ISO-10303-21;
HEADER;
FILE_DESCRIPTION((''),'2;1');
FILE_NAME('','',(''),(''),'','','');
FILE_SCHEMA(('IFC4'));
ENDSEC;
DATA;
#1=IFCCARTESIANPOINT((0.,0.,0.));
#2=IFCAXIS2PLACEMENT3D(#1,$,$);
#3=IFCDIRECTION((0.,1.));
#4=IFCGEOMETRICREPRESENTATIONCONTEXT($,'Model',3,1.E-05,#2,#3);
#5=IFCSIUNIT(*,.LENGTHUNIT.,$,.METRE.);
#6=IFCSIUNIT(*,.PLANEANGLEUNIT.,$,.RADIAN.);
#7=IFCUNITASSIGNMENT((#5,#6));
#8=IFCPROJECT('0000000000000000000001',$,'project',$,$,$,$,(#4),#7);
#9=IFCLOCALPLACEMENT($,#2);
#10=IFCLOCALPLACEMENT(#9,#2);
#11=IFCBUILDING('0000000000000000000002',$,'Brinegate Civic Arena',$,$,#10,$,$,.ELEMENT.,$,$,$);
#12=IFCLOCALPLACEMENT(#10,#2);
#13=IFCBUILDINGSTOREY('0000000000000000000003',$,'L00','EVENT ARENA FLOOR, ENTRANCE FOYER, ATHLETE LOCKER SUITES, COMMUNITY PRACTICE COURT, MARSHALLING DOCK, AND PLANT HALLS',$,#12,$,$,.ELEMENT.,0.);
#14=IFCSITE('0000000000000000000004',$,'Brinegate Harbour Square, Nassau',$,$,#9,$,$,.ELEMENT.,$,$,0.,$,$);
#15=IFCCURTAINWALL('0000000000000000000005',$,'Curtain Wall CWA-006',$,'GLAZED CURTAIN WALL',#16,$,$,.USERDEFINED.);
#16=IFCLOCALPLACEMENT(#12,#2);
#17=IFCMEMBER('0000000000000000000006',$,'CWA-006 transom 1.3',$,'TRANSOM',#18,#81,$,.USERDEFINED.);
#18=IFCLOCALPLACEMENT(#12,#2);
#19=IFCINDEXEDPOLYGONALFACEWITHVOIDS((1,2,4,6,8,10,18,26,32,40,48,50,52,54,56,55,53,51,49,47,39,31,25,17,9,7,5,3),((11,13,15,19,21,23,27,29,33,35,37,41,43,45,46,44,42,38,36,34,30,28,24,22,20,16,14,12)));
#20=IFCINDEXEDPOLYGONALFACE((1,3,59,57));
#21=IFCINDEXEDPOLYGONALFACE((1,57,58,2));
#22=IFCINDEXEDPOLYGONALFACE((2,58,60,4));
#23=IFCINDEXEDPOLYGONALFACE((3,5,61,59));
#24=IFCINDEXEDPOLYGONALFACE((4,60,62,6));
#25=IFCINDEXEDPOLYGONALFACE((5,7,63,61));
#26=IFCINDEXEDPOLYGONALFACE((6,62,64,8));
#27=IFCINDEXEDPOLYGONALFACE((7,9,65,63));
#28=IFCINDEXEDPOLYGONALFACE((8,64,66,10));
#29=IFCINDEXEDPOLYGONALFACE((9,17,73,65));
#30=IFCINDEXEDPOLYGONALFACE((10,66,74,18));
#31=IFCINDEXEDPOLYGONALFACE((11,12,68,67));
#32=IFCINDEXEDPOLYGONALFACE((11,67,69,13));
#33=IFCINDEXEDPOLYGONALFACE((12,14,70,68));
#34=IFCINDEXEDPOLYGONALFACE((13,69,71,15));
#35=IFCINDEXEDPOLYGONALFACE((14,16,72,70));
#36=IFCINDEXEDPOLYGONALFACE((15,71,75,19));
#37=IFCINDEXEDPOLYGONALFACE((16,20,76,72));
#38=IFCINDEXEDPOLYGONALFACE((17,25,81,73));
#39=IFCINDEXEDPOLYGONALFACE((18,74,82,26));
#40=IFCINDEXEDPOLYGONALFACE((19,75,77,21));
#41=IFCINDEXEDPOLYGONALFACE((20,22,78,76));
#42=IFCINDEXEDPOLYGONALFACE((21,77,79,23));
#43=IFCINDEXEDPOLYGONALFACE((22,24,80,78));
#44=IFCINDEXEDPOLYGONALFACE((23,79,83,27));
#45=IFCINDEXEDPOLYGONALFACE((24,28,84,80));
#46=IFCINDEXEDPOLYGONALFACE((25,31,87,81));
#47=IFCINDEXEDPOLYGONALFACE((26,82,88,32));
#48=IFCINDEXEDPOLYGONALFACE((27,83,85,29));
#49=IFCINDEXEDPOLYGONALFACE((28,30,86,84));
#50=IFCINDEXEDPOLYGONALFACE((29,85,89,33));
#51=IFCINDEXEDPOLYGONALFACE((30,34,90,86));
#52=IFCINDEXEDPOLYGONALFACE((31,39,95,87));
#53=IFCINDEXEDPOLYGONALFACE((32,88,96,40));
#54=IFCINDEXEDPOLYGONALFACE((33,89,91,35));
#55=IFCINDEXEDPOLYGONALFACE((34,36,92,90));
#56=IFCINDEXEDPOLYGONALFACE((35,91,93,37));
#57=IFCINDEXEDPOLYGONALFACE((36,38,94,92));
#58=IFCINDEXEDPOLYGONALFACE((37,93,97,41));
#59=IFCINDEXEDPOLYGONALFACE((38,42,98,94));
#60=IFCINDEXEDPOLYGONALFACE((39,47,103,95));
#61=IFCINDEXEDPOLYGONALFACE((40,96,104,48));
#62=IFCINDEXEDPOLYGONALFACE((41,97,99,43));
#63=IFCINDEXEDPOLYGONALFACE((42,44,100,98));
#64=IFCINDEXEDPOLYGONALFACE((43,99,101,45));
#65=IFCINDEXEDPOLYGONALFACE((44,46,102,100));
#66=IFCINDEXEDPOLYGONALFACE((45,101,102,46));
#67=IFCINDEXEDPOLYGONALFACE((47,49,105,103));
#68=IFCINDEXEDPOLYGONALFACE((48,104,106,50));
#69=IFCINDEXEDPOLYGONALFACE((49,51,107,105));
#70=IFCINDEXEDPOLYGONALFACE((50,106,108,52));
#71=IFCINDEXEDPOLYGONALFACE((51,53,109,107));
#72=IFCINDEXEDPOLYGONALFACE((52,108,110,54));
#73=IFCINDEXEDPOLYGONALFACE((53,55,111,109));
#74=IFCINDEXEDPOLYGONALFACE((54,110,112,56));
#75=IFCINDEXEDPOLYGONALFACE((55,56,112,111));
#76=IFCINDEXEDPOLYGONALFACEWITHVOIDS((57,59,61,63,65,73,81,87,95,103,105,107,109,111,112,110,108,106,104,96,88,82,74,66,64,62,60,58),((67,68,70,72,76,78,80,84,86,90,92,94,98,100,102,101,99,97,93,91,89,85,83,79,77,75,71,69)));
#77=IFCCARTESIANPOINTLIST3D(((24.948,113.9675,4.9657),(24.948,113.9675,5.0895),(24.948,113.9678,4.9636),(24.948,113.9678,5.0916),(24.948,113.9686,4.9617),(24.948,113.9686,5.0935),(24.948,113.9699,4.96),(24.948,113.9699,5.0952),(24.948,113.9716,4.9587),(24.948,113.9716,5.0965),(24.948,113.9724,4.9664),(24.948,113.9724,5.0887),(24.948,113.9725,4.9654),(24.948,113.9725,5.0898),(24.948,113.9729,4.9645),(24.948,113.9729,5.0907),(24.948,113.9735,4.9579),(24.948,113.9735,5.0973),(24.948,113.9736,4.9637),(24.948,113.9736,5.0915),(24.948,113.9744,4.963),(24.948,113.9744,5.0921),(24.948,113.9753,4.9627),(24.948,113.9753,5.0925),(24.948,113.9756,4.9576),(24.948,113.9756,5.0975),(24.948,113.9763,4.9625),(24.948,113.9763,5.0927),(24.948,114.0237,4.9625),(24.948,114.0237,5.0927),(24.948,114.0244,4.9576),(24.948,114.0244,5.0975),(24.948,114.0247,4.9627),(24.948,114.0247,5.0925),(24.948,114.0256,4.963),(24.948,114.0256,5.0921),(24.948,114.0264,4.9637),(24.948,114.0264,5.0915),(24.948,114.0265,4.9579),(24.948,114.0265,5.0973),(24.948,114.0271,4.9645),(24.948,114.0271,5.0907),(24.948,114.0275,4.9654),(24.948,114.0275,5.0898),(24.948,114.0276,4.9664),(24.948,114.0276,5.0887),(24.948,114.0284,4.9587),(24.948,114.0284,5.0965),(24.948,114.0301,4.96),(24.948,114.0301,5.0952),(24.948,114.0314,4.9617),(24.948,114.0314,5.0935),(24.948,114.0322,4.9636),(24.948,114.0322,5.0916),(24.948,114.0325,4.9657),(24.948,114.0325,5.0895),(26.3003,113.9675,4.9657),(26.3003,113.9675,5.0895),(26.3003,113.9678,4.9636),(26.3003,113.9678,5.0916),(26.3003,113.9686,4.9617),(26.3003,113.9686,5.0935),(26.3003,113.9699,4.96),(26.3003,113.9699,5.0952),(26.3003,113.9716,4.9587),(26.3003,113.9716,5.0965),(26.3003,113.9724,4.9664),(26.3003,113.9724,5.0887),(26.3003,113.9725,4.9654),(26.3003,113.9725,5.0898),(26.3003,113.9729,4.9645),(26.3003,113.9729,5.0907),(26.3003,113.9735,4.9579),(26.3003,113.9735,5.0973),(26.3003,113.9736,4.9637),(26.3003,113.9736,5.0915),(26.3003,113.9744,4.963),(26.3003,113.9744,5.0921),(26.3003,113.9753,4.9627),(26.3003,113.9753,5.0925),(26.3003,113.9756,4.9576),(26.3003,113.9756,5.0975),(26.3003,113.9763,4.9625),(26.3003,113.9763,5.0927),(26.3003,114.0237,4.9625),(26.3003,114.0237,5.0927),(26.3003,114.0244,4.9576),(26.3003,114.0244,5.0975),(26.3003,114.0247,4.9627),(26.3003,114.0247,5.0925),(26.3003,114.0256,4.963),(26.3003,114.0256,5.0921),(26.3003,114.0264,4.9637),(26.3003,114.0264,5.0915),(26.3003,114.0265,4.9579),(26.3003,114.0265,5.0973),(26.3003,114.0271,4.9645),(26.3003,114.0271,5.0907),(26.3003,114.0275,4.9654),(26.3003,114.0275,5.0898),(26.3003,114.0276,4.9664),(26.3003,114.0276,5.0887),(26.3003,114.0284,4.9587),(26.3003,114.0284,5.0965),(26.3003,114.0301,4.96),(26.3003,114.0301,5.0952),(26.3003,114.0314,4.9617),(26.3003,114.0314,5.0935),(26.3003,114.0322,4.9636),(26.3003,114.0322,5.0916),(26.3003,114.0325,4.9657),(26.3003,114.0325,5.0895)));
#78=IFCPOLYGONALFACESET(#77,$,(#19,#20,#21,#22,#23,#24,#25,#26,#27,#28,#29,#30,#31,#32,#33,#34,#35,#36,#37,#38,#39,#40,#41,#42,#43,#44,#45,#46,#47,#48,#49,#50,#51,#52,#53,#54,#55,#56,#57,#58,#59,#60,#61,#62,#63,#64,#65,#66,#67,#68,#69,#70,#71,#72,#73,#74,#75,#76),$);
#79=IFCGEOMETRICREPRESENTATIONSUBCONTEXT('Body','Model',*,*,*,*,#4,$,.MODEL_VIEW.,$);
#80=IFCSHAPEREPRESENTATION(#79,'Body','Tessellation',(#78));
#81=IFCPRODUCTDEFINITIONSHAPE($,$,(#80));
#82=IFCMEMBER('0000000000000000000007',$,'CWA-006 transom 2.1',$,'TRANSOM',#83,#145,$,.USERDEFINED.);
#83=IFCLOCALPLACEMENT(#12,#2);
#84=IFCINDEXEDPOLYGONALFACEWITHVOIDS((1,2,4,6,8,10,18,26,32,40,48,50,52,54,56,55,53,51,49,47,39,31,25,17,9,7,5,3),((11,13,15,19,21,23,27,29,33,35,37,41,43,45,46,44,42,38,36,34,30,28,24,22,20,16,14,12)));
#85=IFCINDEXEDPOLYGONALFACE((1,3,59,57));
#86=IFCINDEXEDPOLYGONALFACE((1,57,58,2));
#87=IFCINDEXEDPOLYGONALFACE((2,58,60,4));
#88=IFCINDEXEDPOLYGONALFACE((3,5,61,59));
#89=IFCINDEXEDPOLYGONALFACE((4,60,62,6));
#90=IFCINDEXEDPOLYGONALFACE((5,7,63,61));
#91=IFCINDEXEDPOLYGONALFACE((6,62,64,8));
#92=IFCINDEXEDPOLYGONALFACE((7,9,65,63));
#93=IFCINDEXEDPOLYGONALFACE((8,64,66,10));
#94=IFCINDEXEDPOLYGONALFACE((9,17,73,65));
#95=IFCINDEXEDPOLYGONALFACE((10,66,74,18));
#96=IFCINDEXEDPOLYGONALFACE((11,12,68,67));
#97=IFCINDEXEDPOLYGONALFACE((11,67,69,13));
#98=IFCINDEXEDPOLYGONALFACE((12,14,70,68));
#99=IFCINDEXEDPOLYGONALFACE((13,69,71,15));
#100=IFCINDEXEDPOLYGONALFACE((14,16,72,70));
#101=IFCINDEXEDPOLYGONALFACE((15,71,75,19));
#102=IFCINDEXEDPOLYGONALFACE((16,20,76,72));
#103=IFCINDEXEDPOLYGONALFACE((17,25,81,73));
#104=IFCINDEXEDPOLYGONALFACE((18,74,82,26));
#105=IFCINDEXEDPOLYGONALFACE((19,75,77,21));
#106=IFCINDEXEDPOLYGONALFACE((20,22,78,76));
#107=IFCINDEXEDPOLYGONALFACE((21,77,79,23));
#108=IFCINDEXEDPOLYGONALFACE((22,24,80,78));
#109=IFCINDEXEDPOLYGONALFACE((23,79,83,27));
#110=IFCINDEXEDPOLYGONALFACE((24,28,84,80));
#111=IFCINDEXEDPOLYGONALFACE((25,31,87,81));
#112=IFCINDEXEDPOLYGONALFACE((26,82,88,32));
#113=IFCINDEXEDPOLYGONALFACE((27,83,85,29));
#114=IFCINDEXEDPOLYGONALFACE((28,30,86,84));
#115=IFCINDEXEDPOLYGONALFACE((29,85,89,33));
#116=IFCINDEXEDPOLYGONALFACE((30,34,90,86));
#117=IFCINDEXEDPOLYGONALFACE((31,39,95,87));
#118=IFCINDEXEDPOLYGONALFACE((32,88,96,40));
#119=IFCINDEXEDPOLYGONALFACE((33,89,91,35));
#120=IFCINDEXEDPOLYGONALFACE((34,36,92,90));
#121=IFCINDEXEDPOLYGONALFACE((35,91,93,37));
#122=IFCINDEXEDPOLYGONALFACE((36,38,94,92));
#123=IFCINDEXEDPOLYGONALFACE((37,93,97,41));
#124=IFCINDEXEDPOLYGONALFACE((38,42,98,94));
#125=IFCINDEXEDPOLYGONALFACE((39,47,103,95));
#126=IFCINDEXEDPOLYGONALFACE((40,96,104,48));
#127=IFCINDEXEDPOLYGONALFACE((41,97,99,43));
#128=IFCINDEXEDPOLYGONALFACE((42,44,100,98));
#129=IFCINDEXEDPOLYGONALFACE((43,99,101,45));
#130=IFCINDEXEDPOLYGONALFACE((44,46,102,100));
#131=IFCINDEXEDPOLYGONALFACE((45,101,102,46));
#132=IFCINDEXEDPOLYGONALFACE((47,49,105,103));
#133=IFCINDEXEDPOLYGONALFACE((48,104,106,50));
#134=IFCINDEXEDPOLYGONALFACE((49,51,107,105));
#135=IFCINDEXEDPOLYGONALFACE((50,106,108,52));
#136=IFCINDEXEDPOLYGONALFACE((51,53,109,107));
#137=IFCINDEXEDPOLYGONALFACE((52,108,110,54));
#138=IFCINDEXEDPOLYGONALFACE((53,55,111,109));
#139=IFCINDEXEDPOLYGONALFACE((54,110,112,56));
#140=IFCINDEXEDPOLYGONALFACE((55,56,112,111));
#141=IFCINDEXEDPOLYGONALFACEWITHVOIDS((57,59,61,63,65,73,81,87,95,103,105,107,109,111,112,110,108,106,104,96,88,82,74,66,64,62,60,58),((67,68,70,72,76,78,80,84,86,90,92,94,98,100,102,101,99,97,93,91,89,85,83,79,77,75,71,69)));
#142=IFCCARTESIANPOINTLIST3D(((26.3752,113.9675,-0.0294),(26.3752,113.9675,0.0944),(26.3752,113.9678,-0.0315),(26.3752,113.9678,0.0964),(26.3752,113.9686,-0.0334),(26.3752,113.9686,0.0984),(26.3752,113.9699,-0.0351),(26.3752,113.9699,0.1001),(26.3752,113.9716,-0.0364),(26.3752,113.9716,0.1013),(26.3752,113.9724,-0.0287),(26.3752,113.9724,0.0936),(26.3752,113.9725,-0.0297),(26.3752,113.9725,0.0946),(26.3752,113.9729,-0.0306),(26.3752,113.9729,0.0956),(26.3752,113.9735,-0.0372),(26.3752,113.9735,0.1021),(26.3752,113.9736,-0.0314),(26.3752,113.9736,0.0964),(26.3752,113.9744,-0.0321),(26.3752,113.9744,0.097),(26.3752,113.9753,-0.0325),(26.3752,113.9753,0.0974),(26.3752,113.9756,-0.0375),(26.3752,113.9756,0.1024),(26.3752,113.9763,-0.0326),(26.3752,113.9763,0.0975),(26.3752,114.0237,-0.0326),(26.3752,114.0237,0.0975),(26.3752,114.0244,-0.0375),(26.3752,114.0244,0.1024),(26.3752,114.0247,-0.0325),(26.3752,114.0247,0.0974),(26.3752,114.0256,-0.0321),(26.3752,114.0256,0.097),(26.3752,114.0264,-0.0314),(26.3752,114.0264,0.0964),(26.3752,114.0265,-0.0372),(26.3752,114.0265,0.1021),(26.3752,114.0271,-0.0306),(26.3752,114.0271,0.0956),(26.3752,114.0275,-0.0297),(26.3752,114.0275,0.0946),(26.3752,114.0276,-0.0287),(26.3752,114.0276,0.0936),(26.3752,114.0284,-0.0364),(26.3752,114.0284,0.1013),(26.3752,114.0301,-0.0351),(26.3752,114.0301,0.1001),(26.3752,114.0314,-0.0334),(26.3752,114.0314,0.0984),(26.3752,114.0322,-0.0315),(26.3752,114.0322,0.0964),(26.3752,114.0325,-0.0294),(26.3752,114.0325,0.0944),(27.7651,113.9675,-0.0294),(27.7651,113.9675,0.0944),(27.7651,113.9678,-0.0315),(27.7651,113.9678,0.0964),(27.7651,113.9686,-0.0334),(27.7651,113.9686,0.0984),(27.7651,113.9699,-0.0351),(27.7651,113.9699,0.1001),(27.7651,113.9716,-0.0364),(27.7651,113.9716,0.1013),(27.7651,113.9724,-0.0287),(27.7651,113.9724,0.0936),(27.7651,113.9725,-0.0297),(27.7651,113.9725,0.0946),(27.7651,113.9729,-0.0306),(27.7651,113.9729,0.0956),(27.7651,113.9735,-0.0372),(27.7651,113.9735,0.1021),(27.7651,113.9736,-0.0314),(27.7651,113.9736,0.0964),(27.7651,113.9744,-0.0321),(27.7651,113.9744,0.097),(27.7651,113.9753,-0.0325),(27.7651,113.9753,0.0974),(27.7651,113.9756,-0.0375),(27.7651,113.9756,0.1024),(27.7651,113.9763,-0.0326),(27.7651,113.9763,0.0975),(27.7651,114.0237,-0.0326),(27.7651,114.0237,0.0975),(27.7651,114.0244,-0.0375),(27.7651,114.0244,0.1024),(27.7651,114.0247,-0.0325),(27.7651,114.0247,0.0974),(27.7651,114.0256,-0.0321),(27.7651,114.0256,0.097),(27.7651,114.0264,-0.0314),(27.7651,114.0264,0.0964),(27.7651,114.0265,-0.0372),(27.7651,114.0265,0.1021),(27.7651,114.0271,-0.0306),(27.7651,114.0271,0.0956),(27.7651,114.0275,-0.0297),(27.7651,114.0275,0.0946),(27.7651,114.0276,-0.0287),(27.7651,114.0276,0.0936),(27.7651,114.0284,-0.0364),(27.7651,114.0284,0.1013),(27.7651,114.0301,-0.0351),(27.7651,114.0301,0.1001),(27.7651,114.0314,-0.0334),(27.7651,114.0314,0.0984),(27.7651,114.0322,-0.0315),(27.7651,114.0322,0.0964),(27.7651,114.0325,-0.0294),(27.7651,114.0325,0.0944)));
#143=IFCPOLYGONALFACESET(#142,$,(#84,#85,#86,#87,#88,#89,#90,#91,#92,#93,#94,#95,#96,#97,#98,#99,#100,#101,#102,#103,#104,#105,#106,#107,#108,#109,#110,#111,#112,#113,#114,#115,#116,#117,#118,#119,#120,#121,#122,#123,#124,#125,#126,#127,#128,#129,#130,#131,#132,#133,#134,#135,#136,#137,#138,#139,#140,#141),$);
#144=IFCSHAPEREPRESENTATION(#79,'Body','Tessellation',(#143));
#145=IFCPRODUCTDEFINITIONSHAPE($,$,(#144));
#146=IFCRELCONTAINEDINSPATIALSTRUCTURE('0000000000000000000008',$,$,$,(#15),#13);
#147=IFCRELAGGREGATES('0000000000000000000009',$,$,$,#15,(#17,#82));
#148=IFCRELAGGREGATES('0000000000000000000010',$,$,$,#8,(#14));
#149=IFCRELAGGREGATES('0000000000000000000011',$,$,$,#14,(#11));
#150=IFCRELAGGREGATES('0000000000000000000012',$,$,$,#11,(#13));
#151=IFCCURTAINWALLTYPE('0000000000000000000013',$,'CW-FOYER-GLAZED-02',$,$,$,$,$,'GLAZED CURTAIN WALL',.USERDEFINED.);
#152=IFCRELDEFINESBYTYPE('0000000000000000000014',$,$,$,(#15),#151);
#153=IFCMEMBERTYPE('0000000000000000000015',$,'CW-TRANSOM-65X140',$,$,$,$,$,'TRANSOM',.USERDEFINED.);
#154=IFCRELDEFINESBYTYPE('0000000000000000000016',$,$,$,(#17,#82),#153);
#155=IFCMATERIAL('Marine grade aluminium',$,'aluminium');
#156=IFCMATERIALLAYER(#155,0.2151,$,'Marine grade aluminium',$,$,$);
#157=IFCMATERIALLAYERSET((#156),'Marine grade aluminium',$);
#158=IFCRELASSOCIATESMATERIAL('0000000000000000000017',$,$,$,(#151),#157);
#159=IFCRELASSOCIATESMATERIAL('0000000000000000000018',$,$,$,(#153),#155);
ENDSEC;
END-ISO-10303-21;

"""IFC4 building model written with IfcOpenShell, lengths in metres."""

from ifc_helpers import new_model, si_unit, direction, frame, origin, origin_2d, place, context, subcontext, project, spatial, hollow_rectangle, extrude, material, layer, layer_set, material_profile, profile_set, type_object, element, aggregate, save


model = new_model("IFC4")

# Units and contexts
model_context = context("Model", 3, precision=1e-05, world=origin(), true_north=direction((0.0, 1.0)))
body_context = subcontext(model_context, "Body", "Model", "MODEL_VIEW")
ifc_project = project(units=[si_unit("LENGTHUNIT", "METRE"), si_unit("PLANEANGLEUNIT", "RADIAN")], contexts=[model_context])

# Site, building, storey
site_placement = place(None, origin())
site = spatial("IfcSite", under=ifc_project, at=site_placement, Name="Brinegate Harbour Square, Nassau", CompositionType="ELEMENT", RefElevation=0.0)
building_placement = place(site_placement, origin())
building = spatial("IfcBuilding", under=site, at=building_placement, Name="Brinegate Civic Arena", CompositionType="ELEMENT")
storey_placement = place(building_placement, origin())
storey = spatial("IfcBuildingStorey", under=building, at=storey_placement, Name="L00", Description="EVENT ARENA FLOOR, ENTRANCE FOYER, ATHLETE LOCKER SUITES, COMMUNITY PRACTICE COURT, MARSHALLING DOCK, AND PLANT HALLS", CompositionType="ELEMENT", Elevation=0.0)

# Curtain wall, members
ifc_material_1 = material(Name="Marine grade aluminium", Category="aluminium")
ifc_layer_1 = layer(ifc_material_1, 0.2151, Name="Marine grade aluminium")
ifc_layer_set_1 = layer_set([ifc_layer_1], Name="Marine grade aluminium")
curtain_wall_type = type_object("IfcCurtainWallType", Name="CW-FOYER-GLAZED-02", ElementType="GLAZED CURTAIN WALL", PredefinedType="USERDEFINED", material=ifc_layer_set_1)
curtain_wall_placement = place(storey_placement, origin())
curtain_wall = element("IfcCurtainWall", 1, at=curtain_wall_placement, inside=storey, type_object=curtain_wall_type, Name="Curtain Wall CWA-006", ObjectType="GLAZED CURTAIN WALL", PredefinedType="USERDEFINED")
ifc_material_profile_1 = material_profile(ifc_material_1, hollow_rectangle(XDim=0.0649, YDim=0.1399, WallThickness=0.0049, InnerFilletRadius=0.0039, OuterFilletRadius=0.0081, at=origin_2d()), Name="TRN65X140")
ifc_profile_set_1 = profile_set([ifc_material_profile_1], Name="Marine grade aluminium")
member_type_1 = type_object("IfcMemberType", Name="CW-TRANSOM-65X140", ElementType="TRANSOM", PredefinedType="USERDEFINED", material=ifc_profile_set_1)
member_1_placement = place(storey_placement, frame((24.948, 114.0, 5.0276), z_axis=(1.0, 0.0, 0.0), x_axis=(0.0, 1.0, 0.0)))
member_1 = element("IfcMember", 2, at=member_1_placement, type_object=member_type_1, Name="CWA-006 transom 1.3", ObjectType="TRANSOM", PredefinedType="USERDEFINED", context=body_context, shape_type="SweptSolid", body=[
    extrude(hollow_rectangle(XDim=0.0649, YDim=0.1399, WallThickness=0.0049, InnerFilletRadius=0.0039, OuterFilletRadius=0.0081, at=origin_2d()), origin(), (0.0, 0.0, 1.0), 1.3523),
])
member_2_placement = place(storey_placement, frame((26.3752, 114.0, 0.0325), z_axis=(1.0, 0.0, 0.0), x_axis=(0.0, 1.0, 0.0)))
member_2 = element("IfcMember", 3, at=member_2_placement, type_object=member_type_1, Name="CWA-006 transom 2.1", ObjectType="TRANSOM", PredefinedType="USERDEFINED", context=body_context, shape_type="SweptSolid", body=[
    extrude(hollow_rectangle(XDim=0.0649, YDim=0.1399, WallThickness=0.0049, InnerFilletRadius=0.0039, OuterFilletRadius=0.0081, at=origin_2d()), origin(), (0.0, 0.0, 1.0), 1.3899),
])
aggregate(curtain_wall, [member_1, member_2])

save(model, "model.ifc")
